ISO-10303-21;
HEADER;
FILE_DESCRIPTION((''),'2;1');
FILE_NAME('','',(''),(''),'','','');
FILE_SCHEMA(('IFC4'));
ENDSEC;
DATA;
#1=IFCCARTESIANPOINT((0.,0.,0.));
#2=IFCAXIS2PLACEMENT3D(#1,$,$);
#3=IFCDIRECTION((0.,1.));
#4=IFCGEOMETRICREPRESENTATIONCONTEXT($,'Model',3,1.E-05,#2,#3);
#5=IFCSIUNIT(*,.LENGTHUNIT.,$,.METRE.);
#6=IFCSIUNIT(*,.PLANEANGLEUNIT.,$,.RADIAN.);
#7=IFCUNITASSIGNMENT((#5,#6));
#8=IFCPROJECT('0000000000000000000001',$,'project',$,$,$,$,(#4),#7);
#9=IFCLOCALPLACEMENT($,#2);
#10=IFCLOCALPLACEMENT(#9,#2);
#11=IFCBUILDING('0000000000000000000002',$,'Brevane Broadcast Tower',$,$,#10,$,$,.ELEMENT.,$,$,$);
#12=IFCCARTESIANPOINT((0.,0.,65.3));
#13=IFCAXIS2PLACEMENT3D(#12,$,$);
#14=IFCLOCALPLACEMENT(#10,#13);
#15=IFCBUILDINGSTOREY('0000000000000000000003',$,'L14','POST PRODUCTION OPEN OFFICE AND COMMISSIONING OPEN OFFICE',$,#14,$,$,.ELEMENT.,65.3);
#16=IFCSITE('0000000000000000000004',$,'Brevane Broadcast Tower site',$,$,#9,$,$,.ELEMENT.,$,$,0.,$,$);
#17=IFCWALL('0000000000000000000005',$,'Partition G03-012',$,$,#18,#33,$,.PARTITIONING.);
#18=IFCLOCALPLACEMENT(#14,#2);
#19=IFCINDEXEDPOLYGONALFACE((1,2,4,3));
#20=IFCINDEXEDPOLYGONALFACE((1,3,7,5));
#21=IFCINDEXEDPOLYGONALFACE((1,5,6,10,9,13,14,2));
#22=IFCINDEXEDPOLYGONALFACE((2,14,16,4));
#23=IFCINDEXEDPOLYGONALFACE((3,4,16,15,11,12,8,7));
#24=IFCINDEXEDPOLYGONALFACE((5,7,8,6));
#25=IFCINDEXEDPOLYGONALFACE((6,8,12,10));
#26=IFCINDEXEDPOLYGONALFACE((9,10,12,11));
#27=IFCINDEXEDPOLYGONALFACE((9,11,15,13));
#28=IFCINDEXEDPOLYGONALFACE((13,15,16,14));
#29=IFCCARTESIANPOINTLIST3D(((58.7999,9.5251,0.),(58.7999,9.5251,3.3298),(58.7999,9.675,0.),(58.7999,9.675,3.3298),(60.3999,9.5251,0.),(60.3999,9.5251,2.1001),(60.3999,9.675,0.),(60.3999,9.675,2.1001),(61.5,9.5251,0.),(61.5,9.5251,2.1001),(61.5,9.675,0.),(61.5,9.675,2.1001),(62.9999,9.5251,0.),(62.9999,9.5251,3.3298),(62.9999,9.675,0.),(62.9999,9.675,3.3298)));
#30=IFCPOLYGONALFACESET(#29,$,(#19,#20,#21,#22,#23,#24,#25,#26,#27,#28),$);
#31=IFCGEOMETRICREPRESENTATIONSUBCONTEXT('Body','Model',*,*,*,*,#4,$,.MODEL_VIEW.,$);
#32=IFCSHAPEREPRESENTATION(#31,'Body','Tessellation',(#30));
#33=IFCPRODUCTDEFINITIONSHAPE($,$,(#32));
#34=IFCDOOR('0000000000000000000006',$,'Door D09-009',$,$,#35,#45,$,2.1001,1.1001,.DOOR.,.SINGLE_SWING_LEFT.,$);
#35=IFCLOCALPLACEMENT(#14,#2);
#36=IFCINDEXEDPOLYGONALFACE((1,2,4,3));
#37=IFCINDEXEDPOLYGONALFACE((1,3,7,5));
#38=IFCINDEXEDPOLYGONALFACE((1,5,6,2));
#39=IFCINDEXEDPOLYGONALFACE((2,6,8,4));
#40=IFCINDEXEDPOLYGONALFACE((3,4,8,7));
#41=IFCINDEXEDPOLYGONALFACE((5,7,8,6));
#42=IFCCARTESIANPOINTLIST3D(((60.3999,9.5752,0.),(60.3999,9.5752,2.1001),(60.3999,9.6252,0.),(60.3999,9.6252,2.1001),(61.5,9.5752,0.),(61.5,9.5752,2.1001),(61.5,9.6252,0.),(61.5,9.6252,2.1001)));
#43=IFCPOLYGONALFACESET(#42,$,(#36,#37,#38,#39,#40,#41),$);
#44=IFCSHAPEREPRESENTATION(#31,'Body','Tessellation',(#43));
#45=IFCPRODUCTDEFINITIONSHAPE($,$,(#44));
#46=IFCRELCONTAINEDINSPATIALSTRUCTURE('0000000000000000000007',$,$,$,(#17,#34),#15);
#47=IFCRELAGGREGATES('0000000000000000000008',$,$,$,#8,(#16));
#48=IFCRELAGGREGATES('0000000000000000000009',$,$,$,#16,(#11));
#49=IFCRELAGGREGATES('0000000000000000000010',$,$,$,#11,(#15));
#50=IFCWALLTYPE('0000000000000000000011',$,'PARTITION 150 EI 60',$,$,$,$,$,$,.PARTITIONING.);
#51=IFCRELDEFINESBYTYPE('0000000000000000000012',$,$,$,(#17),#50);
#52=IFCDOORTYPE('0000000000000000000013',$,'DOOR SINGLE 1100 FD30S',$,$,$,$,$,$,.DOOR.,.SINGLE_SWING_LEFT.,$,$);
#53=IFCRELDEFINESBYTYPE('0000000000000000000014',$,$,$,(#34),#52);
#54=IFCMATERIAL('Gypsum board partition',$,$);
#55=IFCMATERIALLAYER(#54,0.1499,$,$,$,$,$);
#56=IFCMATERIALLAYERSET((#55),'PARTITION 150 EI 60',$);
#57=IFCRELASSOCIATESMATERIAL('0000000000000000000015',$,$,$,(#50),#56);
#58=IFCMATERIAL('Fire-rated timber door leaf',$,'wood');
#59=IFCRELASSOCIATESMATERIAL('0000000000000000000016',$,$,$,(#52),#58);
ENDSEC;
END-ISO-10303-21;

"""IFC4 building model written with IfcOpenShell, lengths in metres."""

from ifc_helpers import new_model, si_unit, direction, frame, frame_2d, origin, place, context, subcontext, project, spatial, rectangle, extrude, material, layer, layer_set, type_object, element, fill, save


model = new_model("IFC4")

# Units and contexts
model_context = context("Model", 3, precision=1e-05, world=origin(), true_north=direction((0.0, 1.0)))
body_context = subcontext(model_context, "Body", "Model", "MODEL_VIEW")
ifc_project = project(units=[si_unit("LENGTHUNIT", "METRE"), si_unit("PLANEANGLEUNIT", "RADIAN")], contexts=[model_context])

# Site, building, storey
site_placement = place(None, origin())
site = spatial("IfcSite", under=ifc_project, at=site_placement, Name="Brevane Broadcast Tower site", CompositionType="ELEMENT", RefElevation=0.0)
building_placement = place(site_placement, origin())
building = spatial("IfcBuilding", under=site, at=building_placement, Name="Brevane Broadcast Tower", CompositionType="ELEMENT")
storey_placement = place(building_placement, frame((0.0, 0.0, 65.3)))
storey = spatial("IfcBuildingStorey", under=building, at=storey_placement, Name="L14", Description="POST PRODUCTION OPEN OFFICE AND COMMISSIONING OPEN OFFICE", CompositionType="ELEMENT", Elevation=65.3)

# Shared definitions
ifc_material_1 = material(Name="Gypsum board partition")

# Shared definitions
ifc_layer_1 = layer(ifc_material_1, 0.1499)
ifc_layer_set_1 = layer_set([ifc_layer_1], Name="PARTITION 150 EI 60")
wall_type_1 = type_object("IfcWallType", Name="PARTITION 150 EI 60", PredefinedType="PARTITIONING", material=ifc_layer_set_1)
ifc_material_2 = material(Name="Fire-rated timber door leaf", Category="wood")

# Wall, opening, door
wall_1_placement = place(storey_placement, frame((63.0, 9.6001, 0.0), z_axis=(0.0, 0.0, 1.0), x_axis=(-1.0, 0.0, 0.0)))
wall_1 = element("IfcWall", 1, at=wall_1_placement, inside=storey, type_object=wall_type_1, Name="Partition G03-012", PredefinedType="PARTITIONING", context=body_context, shape_type="SweptSolid", body=[
    extrude(rectangle(XDim=4.2, YDim=0.1499, at=frame_2d((2.1001, 0.0))), origin(), (0.0, 0.0, 1.0), 3.3298),
])
opening_1_placement = place(wall_1_placement, frame((1.5, 0.0, 0.0)))
opening_1 = element("IfcOpeningElement", 2, at=opening_1_placement, cuts=wall_1, PredefinedType="OPENING", context=body_context, shape_type="SweptSolid", body=[
    extrude(rectangle(XDim=1.1001, YDim=2.1001, at=frame_2d((0.55, 1.05))), frame((0.0, 0.085, 0.0), z_axis=(0.0, -1.0, 0.0), x_axis=(1.0, 0.0, 0.0)), (0.0, 0.0, 1.0), 0.1699),
])
door_type_1 = type_object("IfcDoorType", Name="DOOR SINGLE 1100 FD30S", OperationType="SINGLE_SWING_LEFT", PredefinedType="DOOR", material=ifc_material_2)
door_1_placement = place(opening_1_placement, origin())
door_1 = element("IfcDoor", 3, at=door_1_placement, inside=storey, type_object=door_type_1, Name="Door D09-009", OperationType="SINGLE_SWING_LEFT", OverallHeight=2.1001, OverallWidth=1.1001, PredefinedType="DOOR", context=body_context, shape_type="SweptSolid", body=[
    extrude(rectangle(XDim=1.1001, YDim=2.1001, at=frame_2d((0.55, 1.05))), frame((0.0, 0.0249, 0.0), z_axis=(0.0, -1.0, 0.0), x_axis=(1.0, 0.0, 0.0)), (0.0, 0.0, 1.0), 0.05),
])
fill(opening_1, door_1)

save(model, "model.ifc")
